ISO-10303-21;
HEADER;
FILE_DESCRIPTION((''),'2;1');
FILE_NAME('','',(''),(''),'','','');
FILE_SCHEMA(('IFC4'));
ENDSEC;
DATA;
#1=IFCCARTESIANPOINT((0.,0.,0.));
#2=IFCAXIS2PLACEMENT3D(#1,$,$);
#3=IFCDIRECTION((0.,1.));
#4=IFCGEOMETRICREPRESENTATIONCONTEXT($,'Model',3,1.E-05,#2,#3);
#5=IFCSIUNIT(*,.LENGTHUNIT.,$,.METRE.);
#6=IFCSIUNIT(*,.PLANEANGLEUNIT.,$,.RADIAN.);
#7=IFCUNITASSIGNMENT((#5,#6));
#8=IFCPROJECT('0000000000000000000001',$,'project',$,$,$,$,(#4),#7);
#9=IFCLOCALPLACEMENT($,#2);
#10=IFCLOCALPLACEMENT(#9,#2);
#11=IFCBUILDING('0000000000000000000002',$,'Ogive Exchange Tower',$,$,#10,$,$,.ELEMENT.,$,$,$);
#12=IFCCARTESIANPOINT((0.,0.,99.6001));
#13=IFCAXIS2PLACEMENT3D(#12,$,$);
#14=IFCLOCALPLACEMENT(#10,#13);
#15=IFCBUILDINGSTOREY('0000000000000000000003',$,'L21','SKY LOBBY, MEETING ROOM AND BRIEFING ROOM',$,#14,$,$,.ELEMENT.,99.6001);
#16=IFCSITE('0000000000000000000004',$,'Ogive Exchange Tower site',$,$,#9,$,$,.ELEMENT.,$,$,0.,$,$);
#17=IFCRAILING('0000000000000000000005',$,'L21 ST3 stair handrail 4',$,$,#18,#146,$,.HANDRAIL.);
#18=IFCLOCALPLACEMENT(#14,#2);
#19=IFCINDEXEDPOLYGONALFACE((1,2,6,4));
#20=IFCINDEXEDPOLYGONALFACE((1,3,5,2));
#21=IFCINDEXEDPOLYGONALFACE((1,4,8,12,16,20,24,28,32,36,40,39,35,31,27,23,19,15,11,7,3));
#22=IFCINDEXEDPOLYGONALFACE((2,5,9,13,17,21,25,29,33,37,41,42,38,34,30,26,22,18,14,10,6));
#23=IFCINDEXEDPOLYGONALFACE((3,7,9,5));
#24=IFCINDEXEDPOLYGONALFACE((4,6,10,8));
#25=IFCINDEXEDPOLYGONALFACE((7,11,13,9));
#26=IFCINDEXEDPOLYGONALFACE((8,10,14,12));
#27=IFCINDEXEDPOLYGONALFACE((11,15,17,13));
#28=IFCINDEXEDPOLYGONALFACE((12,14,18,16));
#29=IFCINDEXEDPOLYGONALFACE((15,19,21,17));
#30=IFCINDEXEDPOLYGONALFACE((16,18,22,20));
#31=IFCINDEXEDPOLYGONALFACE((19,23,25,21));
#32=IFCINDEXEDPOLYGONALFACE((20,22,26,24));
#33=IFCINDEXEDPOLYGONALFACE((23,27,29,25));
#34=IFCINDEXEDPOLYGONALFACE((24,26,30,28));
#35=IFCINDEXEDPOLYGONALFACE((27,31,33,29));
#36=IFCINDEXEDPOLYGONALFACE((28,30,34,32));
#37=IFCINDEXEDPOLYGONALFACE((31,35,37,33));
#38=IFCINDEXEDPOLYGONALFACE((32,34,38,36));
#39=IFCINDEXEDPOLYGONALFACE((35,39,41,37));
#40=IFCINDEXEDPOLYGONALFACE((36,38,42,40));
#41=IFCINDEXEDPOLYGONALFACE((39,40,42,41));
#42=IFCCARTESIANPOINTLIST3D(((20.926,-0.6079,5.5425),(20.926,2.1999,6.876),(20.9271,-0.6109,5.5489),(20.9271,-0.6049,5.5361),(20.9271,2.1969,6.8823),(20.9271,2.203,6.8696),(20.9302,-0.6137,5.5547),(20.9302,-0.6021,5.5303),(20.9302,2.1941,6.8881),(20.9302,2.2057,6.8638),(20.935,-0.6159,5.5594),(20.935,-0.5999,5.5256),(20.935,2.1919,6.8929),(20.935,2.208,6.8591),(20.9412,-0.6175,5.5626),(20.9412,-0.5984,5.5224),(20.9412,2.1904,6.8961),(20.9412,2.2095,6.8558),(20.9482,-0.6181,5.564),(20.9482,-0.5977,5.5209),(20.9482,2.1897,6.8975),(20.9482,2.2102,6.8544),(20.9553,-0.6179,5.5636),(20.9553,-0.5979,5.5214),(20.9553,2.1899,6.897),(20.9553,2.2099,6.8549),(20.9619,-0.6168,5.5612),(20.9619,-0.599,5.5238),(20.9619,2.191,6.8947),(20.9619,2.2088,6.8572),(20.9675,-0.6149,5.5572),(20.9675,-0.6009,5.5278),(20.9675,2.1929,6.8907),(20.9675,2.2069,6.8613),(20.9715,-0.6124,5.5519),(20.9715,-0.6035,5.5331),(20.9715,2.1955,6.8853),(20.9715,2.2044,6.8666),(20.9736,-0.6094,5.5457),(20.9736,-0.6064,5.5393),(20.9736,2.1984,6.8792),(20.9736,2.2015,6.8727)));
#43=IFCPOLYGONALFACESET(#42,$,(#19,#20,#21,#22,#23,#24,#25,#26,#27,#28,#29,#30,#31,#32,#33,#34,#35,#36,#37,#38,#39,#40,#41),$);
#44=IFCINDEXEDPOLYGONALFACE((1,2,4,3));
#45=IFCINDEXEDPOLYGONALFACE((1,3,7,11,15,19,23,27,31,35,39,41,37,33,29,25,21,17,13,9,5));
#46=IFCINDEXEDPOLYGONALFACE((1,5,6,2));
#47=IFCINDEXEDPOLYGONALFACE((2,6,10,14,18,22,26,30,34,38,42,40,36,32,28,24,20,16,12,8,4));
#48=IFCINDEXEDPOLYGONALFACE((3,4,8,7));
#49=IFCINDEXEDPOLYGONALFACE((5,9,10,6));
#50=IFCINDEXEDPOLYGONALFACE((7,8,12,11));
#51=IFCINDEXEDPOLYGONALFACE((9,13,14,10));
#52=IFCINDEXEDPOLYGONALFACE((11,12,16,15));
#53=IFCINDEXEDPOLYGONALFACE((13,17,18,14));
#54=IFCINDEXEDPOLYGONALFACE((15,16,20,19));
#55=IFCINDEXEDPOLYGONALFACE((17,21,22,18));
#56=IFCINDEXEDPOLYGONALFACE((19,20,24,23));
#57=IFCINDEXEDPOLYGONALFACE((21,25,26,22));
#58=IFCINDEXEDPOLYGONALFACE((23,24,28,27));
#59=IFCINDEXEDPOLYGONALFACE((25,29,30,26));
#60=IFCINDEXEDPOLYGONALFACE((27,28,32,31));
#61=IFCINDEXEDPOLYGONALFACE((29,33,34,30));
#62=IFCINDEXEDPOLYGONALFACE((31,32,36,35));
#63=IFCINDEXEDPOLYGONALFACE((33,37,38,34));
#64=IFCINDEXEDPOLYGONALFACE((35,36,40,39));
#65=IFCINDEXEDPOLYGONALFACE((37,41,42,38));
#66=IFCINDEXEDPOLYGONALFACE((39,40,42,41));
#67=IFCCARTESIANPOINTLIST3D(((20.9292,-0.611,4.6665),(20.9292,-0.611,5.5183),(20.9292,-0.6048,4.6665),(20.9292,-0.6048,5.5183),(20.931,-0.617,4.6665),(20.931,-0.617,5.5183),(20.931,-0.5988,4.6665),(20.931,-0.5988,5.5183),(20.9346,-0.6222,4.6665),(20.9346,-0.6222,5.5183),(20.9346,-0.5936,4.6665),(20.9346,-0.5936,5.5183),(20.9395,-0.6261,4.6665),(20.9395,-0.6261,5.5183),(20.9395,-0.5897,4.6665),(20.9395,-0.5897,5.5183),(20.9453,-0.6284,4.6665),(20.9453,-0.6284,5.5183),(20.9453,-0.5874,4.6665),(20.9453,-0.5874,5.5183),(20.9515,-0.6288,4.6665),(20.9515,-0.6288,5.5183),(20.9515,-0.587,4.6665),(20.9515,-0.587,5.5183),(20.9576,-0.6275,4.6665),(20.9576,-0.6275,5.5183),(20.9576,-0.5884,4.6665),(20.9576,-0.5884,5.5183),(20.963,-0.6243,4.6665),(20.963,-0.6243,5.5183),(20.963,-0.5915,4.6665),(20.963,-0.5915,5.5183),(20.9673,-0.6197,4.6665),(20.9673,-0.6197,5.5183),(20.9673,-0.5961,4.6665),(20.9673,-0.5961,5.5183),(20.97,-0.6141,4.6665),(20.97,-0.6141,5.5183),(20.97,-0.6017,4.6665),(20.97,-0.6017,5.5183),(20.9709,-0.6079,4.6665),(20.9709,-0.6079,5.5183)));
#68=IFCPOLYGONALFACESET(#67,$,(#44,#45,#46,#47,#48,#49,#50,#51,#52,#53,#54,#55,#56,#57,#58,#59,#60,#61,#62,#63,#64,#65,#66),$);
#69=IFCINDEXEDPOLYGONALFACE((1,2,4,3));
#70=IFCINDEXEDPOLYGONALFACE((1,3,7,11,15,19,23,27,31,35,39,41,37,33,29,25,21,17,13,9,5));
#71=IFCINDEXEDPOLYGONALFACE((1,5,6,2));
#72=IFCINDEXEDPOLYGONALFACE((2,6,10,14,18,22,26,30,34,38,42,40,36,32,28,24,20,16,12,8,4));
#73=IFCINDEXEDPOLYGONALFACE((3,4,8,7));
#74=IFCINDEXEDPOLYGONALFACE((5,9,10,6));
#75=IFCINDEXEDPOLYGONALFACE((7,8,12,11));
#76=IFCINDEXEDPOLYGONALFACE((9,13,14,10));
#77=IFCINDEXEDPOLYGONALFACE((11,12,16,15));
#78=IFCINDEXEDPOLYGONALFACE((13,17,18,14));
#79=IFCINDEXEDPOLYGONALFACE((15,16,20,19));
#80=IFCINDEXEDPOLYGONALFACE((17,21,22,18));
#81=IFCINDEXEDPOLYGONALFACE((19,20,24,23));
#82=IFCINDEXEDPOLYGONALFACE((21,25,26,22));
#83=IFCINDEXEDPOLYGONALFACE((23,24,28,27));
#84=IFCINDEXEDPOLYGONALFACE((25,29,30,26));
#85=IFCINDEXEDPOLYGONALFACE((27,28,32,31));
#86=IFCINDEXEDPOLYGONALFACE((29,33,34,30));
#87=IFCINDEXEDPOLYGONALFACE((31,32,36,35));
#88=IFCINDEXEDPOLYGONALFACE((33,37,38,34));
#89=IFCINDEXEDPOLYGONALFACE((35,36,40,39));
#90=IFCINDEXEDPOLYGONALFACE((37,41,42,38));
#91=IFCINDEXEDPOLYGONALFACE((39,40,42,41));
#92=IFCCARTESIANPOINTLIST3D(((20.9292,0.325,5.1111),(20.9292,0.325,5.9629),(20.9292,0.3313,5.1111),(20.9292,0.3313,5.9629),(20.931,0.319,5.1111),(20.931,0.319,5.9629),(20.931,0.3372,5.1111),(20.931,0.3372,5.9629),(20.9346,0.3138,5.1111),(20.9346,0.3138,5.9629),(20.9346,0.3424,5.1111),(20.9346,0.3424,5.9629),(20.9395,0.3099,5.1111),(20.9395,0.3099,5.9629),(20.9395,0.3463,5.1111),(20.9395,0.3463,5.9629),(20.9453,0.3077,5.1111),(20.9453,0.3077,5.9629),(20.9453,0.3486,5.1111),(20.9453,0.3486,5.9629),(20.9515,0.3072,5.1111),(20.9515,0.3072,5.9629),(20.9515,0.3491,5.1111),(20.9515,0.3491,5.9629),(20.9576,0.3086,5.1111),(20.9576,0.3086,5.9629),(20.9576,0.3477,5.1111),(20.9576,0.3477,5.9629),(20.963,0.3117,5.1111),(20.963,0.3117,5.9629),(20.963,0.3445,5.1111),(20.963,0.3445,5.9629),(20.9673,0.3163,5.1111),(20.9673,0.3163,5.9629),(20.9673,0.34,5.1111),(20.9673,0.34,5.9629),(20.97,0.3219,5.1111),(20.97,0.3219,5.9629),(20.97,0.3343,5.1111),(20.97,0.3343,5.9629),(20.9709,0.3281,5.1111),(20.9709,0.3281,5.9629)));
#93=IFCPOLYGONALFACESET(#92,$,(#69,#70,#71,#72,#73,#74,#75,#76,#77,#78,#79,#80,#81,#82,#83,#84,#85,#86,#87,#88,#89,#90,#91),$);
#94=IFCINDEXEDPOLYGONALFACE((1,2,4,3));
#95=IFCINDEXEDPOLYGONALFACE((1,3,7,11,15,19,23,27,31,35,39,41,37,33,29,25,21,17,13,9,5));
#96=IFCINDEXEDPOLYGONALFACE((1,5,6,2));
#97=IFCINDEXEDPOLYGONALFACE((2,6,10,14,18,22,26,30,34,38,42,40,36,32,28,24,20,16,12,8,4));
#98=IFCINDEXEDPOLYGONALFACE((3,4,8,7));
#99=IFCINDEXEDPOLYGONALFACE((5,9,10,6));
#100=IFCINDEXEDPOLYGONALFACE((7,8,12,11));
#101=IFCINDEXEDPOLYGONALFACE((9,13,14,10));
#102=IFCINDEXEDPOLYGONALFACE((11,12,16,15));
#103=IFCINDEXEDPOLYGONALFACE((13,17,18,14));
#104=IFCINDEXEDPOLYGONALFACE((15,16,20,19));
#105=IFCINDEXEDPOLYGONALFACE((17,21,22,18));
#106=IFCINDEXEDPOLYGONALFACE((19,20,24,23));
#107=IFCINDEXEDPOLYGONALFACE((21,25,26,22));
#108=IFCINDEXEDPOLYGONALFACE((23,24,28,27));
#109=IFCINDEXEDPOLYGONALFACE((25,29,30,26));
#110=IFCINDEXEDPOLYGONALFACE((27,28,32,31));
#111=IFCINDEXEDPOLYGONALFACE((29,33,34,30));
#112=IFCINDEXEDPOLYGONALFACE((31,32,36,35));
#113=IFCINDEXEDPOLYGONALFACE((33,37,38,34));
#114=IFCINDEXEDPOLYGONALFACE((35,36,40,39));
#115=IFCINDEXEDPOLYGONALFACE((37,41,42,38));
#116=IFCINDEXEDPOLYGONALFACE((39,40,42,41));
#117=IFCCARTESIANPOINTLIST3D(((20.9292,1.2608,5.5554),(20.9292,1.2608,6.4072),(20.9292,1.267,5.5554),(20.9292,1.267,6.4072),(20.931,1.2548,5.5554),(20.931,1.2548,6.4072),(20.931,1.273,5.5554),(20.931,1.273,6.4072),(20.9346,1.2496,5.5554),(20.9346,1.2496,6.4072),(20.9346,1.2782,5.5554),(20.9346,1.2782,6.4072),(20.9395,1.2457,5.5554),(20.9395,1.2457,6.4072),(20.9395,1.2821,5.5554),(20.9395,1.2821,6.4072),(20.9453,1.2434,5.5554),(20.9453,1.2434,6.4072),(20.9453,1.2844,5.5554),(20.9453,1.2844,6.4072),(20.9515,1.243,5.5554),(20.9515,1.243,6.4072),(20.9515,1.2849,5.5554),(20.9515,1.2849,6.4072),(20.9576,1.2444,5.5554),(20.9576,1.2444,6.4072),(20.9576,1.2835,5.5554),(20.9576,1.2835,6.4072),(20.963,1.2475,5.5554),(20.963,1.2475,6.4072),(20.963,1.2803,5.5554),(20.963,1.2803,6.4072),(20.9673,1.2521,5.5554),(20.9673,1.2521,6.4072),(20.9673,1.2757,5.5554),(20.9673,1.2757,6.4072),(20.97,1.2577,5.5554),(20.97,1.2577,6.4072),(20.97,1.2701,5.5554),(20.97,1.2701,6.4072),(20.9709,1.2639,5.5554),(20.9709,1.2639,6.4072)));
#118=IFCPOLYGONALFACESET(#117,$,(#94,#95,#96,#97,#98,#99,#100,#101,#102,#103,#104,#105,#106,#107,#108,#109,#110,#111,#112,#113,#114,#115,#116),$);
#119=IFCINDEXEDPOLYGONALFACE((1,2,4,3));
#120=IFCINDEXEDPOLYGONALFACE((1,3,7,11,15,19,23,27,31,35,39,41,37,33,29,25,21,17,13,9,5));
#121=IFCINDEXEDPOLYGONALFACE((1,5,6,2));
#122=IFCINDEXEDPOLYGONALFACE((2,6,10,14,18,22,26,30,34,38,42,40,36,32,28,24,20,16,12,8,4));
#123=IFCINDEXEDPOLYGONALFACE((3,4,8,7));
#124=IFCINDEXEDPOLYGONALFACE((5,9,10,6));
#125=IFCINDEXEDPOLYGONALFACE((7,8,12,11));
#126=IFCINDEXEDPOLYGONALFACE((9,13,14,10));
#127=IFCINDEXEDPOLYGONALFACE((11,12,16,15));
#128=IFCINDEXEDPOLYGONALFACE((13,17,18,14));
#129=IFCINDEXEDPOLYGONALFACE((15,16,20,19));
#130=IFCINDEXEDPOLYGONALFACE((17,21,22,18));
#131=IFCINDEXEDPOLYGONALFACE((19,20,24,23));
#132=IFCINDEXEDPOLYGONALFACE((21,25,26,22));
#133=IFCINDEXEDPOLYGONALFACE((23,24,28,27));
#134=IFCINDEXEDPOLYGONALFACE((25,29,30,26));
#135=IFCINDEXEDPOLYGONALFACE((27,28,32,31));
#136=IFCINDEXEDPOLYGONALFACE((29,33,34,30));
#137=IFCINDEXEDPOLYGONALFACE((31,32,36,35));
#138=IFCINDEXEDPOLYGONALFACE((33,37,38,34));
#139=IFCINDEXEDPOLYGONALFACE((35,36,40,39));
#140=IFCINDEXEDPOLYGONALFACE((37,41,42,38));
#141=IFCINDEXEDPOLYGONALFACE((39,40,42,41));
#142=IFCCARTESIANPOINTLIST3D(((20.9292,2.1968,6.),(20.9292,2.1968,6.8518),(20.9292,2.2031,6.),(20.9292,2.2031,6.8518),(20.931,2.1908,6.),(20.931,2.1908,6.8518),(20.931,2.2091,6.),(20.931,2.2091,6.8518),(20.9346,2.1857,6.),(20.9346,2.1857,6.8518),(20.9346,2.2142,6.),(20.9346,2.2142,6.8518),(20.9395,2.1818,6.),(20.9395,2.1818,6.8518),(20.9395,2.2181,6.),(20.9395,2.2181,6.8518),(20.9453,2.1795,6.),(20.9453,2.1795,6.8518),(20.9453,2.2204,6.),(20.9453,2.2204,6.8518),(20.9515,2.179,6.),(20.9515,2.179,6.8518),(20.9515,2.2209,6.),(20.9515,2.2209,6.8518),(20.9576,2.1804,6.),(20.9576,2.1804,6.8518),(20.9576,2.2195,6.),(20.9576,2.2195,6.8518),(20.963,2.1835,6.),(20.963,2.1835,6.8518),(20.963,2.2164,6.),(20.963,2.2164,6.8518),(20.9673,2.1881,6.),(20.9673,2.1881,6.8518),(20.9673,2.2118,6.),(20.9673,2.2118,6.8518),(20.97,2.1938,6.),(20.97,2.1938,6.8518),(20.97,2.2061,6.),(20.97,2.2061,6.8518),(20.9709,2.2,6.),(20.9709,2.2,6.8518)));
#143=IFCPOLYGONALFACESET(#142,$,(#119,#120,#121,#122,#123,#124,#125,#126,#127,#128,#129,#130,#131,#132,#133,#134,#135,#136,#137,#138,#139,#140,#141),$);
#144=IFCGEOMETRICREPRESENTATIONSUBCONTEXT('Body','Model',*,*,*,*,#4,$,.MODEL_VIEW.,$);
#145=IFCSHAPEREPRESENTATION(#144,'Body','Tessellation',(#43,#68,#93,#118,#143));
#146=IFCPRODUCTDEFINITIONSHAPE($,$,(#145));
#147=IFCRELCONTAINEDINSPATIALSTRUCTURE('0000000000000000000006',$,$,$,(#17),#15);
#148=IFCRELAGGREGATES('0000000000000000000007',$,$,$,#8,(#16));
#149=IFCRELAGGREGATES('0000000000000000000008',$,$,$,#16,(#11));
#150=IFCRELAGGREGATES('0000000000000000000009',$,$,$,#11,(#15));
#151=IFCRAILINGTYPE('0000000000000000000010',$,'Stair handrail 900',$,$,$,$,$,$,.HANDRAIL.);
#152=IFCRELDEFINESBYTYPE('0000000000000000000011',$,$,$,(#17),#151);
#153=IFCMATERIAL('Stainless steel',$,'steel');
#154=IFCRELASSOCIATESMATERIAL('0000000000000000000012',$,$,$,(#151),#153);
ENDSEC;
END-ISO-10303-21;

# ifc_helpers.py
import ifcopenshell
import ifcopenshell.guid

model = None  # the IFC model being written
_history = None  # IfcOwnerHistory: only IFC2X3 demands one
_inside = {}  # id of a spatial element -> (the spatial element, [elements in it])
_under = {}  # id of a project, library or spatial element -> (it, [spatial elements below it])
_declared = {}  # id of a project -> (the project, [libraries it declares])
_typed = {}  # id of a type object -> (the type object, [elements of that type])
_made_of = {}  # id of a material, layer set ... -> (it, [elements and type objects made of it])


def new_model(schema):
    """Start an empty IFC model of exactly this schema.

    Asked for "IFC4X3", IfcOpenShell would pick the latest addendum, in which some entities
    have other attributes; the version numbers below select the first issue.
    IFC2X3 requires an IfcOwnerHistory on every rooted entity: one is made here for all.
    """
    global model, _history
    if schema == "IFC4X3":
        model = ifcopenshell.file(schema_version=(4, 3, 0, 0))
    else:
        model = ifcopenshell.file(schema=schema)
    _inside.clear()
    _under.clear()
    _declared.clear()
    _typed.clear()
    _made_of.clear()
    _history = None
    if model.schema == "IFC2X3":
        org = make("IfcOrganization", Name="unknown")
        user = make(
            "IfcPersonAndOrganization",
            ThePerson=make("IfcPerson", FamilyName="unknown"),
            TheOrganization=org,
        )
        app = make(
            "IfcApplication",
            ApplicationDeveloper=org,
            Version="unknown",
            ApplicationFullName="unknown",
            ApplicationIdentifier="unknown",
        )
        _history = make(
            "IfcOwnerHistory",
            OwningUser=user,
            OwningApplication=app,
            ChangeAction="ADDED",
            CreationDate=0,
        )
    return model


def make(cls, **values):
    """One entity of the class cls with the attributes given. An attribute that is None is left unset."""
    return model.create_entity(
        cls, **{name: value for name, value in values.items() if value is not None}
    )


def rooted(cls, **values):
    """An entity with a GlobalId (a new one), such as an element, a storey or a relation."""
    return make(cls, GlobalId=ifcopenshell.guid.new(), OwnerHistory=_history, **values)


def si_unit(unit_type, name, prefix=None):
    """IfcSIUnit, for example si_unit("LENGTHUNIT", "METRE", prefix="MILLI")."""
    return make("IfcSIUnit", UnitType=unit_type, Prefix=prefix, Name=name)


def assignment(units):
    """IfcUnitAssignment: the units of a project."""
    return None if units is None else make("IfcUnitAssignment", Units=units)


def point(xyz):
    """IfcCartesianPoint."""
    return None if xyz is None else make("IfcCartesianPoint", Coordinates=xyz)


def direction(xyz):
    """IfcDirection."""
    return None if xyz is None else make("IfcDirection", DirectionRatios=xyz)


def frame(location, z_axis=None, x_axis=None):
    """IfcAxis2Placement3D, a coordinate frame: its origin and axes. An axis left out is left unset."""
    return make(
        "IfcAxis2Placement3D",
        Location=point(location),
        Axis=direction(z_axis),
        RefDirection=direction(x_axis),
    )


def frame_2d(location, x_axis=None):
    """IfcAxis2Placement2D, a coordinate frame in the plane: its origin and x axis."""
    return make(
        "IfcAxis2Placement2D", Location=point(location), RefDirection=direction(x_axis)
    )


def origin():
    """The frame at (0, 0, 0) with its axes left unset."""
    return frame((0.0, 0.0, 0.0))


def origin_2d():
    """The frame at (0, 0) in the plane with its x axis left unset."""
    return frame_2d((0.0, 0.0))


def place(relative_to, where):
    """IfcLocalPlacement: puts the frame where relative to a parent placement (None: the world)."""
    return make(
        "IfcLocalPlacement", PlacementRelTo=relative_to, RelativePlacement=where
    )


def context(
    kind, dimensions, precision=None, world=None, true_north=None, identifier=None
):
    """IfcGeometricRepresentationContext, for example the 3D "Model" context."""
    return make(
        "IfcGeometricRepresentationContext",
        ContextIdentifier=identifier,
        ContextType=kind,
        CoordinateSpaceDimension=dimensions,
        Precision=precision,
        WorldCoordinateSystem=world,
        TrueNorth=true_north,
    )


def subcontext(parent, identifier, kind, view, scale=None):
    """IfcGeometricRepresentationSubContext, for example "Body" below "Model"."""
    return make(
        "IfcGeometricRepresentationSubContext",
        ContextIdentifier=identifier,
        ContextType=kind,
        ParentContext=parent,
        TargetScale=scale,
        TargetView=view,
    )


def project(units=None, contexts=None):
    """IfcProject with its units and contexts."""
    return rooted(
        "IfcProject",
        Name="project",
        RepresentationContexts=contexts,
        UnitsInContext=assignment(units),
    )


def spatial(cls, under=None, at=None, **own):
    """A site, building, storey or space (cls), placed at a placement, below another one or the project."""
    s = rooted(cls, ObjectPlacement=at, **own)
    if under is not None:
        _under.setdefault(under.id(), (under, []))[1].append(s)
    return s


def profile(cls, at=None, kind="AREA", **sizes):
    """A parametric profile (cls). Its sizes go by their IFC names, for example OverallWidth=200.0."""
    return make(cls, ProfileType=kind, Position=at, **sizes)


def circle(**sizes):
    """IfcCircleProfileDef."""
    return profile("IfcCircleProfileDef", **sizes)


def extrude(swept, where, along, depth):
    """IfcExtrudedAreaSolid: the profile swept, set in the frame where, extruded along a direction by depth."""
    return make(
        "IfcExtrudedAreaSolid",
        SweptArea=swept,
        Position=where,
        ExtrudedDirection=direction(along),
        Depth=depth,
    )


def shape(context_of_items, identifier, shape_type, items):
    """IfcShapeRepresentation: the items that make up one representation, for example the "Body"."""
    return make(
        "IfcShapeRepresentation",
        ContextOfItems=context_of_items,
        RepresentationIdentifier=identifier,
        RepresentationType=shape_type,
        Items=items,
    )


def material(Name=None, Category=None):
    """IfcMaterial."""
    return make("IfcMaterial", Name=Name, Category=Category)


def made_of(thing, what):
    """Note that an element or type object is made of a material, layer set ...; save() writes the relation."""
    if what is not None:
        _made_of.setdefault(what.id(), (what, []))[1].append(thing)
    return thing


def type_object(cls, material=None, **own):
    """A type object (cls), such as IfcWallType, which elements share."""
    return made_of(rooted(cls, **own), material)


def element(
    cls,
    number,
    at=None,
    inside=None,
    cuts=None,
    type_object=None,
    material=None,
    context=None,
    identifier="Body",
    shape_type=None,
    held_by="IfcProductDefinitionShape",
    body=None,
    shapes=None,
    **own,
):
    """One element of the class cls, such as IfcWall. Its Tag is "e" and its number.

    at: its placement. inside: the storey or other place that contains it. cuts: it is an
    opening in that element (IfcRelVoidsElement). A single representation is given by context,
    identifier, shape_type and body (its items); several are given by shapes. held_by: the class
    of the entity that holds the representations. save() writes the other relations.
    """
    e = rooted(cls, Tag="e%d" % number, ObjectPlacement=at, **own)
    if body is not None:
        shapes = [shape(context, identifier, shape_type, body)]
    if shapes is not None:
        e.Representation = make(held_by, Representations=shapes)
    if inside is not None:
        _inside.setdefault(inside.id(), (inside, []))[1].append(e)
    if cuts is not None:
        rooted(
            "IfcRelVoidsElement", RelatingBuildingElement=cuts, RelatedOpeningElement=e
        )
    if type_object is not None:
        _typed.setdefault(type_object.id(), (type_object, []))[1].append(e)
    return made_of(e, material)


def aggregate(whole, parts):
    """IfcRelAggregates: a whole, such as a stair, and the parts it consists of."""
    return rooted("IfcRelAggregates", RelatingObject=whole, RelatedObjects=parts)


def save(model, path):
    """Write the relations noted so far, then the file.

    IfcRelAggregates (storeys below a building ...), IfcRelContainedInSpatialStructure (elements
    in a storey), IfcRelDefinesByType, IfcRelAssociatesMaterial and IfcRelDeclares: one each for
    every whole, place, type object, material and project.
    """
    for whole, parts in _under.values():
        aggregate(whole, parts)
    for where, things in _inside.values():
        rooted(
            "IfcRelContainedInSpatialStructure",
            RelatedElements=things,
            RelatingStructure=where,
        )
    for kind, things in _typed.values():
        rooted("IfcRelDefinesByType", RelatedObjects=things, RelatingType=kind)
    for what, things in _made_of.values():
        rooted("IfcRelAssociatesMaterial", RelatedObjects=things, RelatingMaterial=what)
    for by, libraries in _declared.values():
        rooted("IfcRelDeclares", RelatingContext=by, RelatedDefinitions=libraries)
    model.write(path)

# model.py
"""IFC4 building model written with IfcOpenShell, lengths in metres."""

from ifc_helpers import new_model, si_unit, direction, frame, origin, origin_2d, place, context, subcontext, project, spatial, circle, extrude, material, type_object, element, save


model = new_model("IFC4")

# Units and contexts
model_context = context("Model", 3, precision=1e-05, world=origin(), true_north=direction((0.0, 1.0)))
body_context = subcontext(model_context, "Body", "Model", "MODEL_VIEW")
ifc_project = project(units=[si_unit("LENGTHUNIT", "METRE"), si_unit("PLANEANGLEUNIT", "RADIAN")], contexts=[model_context])

# Site, building, storey
site_placement = place(None, origin())
site = spatial("IfcSite", under=ifc_project, at=site_placement, Name="Ogive Exchange Tower site", CompositionType="ELEMENT", RefElevation=0.0)
building_placement = place(site_placement, origin())
building = spatial("IfcBuilding", under=site, at=building_placement, Name="Ogive Exchange Tower", CompositionType="ELEMENT")
storey_placement = place(building_placement, frame((0.0, 0.0, 99.6001)))
storey = spatial("IfcBuildingStorey", under=building, at=storey_placement, Name="L21", Description="SKY LOBBY, MEETING ROOM AND BRIEFING ROOM", CompositionType="ELEMENT", Elevation=99.6001)

# Shared definitions
ifc_material_1 = material(Name="Stainless steel", Category="steel")

# Railing
railing_type = type_object("IfcRailingType", Name="Stair handrail 900", PredefinedType="HANDRAIL", material=ifc_material_1)
railing_1_placement = place(storey_placement, frame((20.95, -0.6079, 4.6665)))
element("IfcRailing", 1, at=railing_1_placement, inside=storey, type_object=railing_type, Name="L21 ST3 stair handrail 4", PredefinedType="HANDRAIL", context=body_context, shape_type="SweptSolid", body=[
    extrude(circle(Radius=0.0239, at=origin_2d()), frame((0.0, 0.0, 0.876), z_axis=(0.0, 0.903307, 0.428994), x_axis=(-1.0, 0.0, 0.0)), (0.0, 0.0, 1.0), 3.1084),
    extrude(circle(Radius=0.021, at=origin_2d()), origin(), (0.0, 0.0, 1.0), 0.8518),
    extrude(circle(Radius=0.021, at=origin_2d()), frame((0.0, 0.936, 0.4446)), (0.0, 0.0, 1.0), 0.8518),
    extrude(circle(Radius=0.021, at=origin_2d()), frame((0.0, 1.8718, 0.8889)), (0.0, 0.0, 1.0), 0.8518),
    extrude(circle(Radius=0.021, at=origin_2d()), frame((0.0, 2.8079, 1.3335)), (0.0, 0.0, 1.0), 0.8518),
])

save(model, "model.ifc")
